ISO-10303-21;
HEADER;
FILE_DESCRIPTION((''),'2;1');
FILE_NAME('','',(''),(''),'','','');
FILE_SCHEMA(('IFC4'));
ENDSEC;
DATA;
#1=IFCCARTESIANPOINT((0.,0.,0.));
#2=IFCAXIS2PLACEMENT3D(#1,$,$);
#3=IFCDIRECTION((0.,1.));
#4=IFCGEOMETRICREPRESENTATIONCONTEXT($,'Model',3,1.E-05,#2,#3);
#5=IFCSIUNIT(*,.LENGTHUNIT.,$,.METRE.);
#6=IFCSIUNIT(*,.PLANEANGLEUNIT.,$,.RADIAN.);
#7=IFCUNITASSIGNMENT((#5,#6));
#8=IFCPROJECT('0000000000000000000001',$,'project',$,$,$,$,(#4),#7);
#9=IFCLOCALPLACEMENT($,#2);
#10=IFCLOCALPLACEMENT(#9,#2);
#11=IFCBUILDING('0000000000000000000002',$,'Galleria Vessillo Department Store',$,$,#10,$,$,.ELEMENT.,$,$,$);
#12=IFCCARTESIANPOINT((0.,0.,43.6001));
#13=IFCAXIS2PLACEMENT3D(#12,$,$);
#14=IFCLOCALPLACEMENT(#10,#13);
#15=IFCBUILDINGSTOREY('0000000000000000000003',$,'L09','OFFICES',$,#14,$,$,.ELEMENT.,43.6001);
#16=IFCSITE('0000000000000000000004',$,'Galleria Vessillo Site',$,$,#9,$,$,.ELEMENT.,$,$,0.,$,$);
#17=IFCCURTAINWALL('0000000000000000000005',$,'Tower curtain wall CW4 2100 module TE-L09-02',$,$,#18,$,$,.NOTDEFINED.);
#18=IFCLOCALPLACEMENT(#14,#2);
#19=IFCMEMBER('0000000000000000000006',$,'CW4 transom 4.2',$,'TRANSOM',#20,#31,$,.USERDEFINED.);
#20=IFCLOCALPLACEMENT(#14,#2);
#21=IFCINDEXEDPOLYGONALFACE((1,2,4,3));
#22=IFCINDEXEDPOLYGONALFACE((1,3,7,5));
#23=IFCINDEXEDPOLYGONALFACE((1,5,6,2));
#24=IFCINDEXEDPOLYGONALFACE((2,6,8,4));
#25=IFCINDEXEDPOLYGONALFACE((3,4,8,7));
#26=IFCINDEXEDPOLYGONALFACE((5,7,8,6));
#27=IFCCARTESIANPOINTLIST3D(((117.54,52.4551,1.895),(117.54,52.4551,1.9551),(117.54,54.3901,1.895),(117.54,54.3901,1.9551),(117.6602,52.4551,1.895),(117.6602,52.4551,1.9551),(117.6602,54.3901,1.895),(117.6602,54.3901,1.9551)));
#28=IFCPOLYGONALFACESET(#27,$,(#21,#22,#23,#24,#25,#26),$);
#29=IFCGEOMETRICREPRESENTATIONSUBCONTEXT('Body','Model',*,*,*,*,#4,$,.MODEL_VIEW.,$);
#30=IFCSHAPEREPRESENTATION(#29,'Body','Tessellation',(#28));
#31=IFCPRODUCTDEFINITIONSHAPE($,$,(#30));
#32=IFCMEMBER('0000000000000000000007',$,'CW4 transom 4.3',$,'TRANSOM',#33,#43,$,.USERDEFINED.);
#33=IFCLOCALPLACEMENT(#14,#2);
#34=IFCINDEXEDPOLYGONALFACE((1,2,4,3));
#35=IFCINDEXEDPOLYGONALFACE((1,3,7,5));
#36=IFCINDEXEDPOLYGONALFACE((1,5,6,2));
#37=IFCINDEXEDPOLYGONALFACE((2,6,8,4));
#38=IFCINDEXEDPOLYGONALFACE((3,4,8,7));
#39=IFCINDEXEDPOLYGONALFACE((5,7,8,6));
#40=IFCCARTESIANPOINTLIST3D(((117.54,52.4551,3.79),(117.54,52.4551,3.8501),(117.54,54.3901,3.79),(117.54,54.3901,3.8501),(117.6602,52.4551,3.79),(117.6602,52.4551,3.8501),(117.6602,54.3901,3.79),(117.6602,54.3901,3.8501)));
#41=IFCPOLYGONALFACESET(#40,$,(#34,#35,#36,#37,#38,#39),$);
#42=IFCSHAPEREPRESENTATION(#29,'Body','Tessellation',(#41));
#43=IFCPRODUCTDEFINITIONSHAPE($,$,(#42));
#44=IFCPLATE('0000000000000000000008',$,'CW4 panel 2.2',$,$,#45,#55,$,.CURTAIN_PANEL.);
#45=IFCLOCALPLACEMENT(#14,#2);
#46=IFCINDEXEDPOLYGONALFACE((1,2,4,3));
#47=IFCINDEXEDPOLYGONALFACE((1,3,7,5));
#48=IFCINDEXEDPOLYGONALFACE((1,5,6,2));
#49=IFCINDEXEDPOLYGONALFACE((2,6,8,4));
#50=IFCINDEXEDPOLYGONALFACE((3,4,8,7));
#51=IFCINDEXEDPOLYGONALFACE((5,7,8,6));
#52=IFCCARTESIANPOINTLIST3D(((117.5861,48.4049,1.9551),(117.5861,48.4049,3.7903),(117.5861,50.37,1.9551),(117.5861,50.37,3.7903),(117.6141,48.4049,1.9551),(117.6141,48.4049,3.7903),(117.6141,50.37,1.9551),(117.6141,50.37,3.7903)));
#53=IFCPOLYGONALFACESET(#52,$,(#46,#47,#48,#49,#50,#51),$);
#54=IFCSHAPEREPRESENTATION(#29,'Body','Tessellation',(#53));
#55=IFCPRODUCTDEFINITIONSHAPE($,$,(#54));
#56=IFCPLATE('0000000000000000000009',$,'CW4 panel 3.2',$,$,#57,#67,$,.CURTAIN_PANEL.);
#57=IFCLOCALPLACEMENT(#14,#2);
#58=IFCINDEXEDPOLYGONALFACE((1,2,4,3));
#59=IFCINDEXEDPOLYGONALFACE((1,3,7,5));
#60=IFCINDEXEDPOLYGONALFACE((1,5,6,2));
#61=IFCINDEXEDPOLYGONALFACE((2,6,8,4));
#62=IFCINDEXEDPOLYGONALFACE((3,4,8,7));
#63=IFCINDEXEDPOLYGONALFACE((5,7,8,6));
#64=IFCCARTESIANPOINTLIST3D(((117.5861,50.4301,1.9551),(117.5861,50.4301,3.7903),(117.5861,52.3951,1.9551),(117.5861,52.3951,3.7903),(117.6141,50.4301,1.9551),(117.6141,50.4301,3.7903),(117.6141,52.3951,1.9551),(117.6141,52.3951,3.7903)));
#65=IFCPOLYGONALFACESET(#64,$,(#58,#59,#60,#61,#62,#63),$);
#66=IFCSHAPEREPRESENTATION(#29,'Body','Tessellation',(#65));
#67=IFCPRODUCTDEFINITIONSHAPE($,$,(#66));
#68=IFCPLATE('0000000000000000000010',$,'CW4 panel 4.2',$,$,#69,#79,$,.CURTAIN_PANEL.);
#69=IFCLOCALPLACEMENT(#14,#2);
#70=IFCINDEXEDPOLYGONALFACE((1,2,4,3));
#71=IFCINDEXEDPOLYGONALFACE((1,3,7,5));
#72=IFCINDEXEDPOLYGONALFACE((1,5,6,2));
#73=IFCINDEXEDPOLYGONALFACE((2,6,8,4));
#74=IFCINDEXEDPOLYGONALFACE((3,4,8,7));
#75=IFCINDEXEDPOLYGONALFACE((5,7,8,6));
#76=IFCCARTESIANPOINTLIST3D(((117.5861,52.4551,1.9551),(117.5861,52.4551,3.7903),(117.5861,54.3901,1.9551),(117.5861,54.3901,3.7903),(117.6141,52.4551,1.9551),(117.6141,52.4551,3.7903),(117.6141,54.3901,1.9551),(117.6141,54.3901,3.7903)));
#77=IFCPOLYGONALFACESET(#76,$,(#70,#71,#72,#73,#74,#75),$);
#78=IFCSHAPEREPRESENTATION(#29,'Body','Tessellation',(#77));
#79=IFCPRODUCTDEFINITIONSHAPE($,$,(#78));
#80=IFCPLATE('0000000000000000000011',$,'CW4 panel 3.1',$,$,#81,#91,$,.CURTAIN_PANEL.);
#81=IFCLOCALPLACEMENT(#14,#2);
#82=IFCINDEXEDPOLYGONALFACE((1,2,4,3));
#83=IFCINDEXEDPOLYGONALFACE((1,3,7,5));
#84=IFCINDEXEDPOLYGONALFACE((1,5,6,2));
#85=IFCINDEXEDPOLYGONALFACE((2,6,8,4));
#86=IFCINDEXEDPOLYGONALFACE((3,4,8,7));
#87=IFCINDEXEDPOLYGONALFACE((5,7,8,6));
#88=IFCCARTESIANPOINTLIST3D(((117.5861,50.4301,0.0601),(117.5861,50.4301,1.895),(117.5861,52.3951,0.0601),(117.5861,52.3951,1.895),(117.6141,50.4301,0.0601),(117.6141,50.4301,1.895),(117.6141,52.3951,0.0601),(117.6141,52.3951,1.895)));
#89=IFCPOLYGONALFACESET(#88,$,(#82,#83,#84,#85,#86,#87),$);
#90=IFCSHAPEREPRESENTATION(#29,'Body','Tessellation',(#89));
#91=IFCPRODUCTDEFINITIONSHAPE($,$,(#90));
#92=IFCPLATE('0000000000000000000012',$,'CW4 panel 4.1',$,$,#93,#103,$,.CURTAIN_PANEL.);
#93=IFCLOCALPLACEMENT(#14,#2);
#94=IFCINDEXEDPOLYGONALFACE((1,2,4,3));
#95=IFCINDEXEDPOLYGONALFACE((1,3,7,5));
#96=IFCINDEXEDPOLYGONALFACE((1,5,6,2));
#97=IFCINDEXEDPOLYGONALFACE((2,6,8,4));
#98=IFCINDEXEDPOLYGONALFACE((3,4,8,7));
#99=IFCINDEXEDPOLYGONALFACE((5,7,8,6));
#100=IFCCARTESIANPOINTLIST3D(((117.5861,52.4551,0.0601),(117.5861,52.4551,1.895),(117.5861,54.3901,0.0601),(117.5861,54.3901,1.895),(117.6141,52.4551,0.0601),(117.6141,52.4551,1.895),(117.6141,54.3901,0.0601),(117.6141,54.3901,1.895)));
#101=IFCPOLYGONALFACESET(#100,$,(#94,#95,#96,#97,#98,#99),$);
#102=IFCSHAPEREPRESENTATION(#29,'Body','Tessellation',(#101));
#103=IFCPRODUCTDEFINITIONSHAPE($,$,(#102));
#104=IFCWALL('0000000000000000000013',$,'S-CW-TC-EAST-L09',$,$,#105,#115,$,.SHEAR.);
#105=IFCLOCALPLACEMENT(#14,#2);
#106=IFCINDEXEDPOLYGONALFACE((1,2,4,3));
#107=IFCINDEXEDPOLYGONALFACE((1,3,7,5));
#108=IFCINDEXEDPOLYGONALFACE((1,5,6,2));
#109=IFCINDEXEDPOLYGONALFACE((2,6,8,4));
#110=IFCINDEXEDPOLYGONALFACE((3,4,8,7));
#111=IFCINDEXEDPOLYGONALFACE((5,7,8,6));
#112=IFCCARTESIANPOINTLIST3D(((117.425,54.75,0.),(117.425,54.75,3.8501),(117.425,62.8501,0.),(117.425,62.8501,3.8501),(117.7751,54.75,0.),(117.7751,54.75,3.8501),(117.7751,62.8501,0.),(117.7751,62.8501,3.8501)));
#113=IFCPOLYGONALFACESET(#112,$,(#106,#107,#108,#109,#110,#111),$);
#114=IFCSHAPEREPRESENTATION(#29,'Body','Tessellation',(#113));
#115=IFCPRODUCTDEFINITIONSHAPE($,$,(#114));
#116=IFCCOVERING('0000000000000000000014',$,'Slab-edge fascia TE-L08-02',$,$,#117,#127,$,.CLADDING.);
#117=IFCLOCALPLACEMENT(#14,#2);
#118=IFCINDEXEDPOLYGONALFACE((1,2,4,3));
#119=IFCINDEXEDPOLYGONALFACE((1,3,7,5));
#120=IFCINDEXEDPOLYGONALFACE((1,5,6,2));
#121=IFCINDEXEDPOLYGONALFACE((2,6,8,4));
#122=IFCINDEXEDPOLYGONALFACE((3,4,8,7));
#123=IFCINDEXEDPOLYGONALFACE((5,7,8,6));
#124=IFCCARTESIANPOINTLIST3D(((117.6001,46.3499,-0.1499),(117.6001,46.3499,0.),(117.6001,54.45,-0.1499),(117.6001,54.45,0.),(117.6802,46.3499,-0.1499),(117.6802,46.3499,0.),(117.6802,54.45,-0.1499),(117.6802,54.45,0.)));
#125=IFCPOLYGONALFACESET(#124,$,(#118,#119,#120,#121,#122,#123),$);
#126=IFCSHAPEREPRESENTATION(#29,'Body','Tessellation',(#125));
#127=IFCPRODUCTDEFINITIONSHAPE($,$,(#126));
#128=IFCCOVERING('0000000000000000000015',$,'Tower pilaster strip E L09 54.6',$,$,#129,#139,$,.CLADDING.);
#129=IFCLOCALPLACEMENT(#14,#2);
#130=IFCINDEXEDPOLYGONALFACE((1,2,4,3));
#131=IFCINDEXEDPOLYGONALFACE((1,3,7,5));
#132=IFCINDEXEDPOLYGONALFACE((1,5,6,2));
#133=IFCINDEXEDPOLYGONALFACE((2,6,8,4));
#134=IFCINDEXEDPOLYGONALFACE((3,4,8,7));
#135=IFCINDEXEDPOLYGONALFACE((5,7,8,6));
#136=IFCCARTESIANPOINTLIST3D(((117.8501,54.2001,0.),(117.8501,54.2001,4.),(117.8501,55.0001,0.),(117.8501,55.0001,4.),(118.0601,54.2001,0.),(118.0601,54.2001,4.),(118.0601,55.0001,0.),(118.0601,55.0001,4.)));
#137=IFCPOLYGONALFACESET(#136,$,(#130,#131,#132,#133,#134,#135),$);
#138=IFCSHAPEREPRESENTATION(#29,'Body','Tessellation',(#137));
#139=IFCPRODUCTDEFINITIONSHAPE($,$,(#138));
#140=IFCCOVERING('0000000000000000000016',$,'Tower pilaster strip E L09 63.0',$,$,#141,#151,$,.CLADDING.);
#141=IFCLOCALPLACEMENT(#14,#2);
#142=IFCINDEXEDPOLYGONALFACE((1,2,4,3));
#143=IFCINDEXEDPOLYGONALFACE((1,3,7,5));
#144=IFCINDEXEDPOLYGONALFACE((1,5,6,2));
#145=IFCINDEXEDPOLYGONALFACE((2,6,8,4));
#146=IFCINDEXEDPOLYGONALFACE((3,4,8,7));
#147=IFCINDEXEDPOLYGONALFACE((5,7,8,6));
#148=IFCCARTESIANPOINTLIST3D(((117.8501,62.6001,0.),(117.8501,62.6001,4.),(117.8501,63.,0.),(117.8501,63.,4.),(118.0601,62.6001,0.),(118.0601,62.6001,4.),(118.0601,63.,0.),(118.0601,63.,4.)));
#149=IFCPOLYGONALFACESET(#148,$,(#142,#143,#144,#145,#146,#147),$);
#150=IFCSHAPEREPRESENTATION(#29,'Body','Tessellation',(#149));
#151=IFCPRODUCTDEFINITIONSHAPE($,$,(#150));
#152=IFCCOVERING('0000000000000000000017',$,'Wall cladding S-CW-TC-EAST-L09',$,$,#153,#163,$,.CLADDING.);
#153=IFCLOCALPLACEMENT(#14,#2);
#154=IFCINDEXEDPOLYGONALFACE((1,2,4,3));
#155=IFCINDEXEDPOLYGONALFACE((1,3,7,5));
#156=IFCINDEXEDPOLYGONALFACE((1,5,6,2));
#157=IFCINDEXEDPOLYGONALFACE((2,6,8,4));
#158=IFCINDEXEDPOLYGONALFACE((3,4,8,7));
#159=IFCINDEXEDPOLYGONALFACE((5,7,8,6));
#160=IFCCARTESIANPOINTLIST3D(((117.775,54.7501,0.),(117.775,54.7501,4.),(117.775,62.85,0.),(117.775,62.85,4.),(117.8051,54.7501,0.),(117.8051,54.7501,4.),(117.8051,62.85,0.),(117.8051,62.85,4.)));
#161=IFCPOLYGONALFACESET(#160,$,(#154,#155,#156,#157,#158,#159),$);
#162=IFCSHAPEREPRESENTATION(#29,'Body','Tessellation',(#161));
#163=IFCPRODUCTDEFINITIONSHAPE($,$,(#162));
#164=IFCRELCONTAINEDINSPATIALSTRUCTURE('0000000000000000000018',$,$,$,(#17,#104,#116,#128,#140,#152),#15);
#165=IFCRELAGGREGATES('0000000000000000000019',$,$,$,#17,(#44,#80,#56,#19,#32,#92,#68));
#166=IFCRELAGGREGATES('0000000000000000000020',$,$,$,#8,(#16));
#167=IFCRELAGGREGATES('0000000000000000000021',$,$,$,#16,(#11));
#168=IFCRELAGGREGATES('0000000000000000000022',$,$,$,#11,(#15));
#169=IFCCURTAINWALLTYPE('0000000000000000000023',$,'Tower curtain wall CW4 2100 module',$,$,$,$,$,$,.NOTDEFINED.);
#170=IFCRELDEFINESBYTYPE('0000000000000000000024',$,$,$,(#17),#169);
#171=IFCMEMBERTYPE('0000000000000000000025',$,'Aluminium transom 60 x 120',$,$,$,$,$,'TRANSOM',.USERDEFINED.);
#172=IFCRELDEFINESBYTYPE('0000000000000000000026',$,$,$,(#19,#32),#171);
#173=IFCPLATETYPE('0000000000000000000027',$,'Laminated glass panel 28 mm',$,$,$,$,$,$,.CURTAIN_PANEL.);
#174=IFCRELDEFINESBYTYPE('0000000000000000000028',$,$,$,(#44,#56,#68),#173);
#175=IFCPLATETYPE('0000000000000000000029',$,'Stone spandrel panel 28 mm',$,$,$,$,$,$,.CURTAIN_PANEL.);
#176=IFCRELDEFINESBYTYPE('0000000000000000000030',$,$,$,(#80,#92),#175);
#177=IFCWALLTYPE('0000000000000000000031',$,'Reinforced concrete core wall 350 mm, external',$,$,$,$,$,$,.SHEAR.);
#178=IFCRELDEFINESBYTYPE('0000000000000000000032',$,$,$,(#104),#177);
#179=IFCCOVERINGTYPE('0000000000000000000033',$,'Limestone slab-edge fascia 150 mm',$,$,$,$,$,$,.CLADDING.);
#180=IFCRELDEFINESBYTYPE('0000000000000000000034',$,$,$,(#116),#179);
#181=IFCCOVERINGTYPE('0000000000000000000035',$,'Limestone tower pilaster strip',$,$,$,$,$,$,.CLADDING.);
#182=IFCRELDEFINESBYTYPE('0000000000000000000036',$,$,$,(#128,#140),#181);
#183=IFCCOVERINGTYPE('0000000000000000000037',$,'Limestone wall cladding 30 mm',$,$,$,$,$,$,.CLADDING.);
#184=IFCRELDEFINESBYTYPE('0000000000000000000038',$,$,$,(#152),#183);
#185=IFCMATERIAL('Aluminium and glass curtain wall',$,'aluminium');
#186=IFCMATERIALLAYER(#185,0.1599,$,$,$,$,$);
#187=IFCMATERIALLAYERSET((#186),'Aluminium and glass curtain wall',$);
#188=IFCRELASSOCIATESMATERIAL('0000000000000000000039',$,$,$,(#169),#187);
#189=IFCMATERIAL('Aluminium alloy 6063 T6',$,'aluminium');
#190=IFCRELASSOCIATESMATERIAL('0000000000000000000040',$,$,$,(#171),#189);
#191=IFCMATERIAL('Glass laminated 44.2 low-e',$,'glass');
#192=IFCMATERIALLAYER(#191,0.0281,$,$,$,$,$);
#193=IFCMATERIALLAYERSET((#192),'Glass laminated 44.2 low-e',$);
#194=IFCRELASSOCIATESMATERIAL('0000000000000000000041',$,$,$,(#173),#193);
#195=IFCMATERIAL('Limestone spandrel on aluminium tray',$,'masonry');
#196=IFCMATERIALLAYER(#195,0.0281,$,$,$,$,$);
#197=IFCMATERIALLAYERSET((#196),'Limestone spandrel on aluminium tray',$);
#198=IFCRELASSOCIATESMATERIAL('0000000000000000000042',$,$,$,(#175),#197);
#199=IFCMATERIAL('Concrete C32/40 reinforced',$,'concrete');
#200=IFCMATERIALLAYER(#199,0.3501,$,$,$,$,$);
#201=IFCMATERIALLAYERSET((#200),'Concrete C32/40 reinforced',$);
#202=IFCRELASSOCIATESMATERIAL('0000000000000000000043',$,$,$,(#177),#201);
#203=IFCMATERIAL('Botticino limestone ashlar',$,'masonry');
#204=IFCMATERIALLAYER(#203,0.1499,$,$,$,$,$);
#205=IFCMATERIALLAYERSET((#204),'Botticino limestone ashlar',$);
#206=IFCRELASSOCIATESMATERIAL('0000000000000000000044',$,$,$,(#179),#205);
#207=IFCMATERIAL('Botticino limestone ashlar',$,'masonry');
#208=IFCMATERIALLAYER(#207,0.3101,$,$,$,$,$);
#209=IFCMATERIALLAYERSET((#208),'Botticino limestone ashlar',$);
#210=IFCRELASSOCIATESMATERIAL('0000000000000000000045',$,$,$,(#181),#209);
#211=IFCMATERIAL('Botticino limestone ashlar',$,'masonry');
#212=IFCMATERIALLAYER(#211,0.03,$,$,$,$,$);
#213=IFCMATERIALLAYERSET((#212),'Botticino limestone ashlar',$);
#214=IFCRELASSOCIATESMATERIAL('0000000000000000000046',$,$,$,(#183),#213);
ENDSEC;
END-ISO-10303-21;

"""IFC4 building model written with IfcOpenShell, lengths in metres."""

from ifc_helpers import new_model, si_unit, direction, frame, frame_2d, origin, origin_2d, place, context, subcontext, project, spatial, rectangle, extrude, material, layer, layer_set, material_profile, profile_set, type_object, element, aggregate, save


model = new_model("IFC4")

# Units and contexts
model_context = context("Model", 3, precision=1e-05, world=origin(), true_north=direction((0.0, 1.0)))
body_context = subcontext(model_context, "Body", "Model", "MODEL_VIEW")
ifc_project = project(units=[si_unit("LENGTHUNIT", "METRE"), si_unit("PLANEANGLEUNIT", "RADIAN")], contexts=[model_context])

# Site, building, storey
site_placement = place(None, origin())
site = spatial("IfcSite", under=ifc_project, at=site_placement, Name="Galleria Vessillo Site", CompositionType="ELEMENT", RefElevation=0.0)
building_placement = place(site_placement, origin())
building = spatial("IfcBuilding", under=site, at=building_placement, Name="Galleria Vessillo Department Store", CompositionType="ELEMENT")
storey_placement = place(building_placement, frame((0.0, 0.0, 43.6001)))
storey = spatial("IfcBuildingStorey", under=building, at=storey_placement, Name="L09", Description="OFFICES", CompositionType="ELEMENT", Elevation=43.6001)

# Curtain wall, members, plates
ifc_material_1 = material(Name="Aluminium and glass curtain wall", Category="aluminium")
ifc_layer_1 = layer(ifc_material_1, 0.1599)
ifc_layer_set_1 = layer_set([ifc_layer_1], Name="Aluminium and glass curtain wall")
curtain_wall_type = type_object("IfcCurtainWallType", Name="Tower curtain wall CW4 2100 module", PredefinedType="NOTDEFINED", material=ifc_layer_set_1)
curtain_wall_placement = place(storey_placement, origin())
curtain_wall = element("IfcCurtainWall", 1, at=curtain_wall_placement, inside=storey, type_object=curtain_wall_type, Name="Tower curtain wall CW4 2100 module TE-L09-02", PredefinedType="NOTDEFINED")
ifc_material_2 = material(Name="Aluminium alloy 6063 T6", Category="aluminium")
ifc_material_profile_1 = material_profile(ifc_material_2, rectangle(XDim=0.1201, YDim=0.0601, at=origin_2d()), Name="AL 60x120")
ifc_profile_set_1 = profile_set([ifc_material_profile_1], Name="Aluminium alloy 6063 T6")
member_type_1 = type_object("IfcMemberType", Name="Aluminium transom 60 x 120", ElementType="TRANSOM", PredefinedType="USERDEFINED", material=ifc_profile_set_1)
member_1_placement = place(storey_placement, frame((117.6001, 52.4551, 1.925), z_axis=(0.0, 1.0, 0.0), x_axis=(-1.0, 0.0, 0.0)))
member_1 = element("IfcMember", 2, at=member_1_placement, type_object=member_type_1, Name="CW4 transom 4.2", ObjectType="TRANSOM", PredefinedType="USERDEFINED", context=body_context, shape_type="SweptSolid", body=[
    extrude(rectangle(XDim=0.1201, YDim=0.0601, at=origin_2d()), origin(), (0.0, 0.0, 1.0), 1.9351),
])
member_2_placement = place(storey_placement, frame((117.6001, 52.4551, 3.8201), z_axis=(0.0, 1.0, 0.0), x_axis=(-1.0, 0.0, 0.0)))
member_2 = element("IfcMember", 3, at=member_2_placement, type_object=member_type_1, Name="CW4 transom 4.3", ObjectType="TRANSOM", PredefinedType="USERDEFINED", context=body_context, shape_type="SweptSolid", body=[
    extrude(rectangle(XDim=0.1201, YDim=0.0601, at=origin_2d()), origin(), (0.0, 0.0, 1.0), 1.9351),
])
ifc_material_3 = material(Name="Glass laminated 44.2 low-e", Category="glass")
ifc_layer_2 = layer(ifc_material_3, 0.0281)
ifc_layer_set_2 = layer_set([ifc_layer_2], Name="Glass laminated 44.2 low-e")
plate_type_1 = type_object("IfcPlateType", Name="Laminated glass panel 28 mm", PredefinedType="CURTAIN_PANEL", material=ifc_layer_set_2)
plate_1_placement = place(storey_placement, frame((117.6001, 49.3875, 1.9551), z_axis=(0.0, 0.0, 1.0), x_axis=(0.0, 1.0, 0.0)))
plate_1 = element("IfcPlate", 4, at=plate_1_placement, type_object=plate_type_1, Name="CW4 panel 2.2", PredefinedType="CURTAIN_PANEL", context=body_context, shape_type="SweptSolid", body=[
    extrude(rectangle(XDim=1.9651, YDim=0.0281, at=origin_2d()), origin(), (0.0, 0.0, 1.0), 1.8352),
])
plate_2_placement = place(storey_placement, frame((117.6001, 51.4126, 1.9551), z_axis=(0.0, 0.0, 1.0), x_axis=(0.0, 1.0, 0.0)))
plate_2 = element("IfcPlate", 5, at=plate_2_placement, type_object=plate_type_1, Name="CW4 panel 3.2", PredefinedType="CURTAIN_PANEL", context=body_context, shape_type="SweptSolid", body=[
    extrude(rectangle(XDim=1.9651, YDim=0.0281, at=origin_2d()), origin(), (0.0, 0.0, 1.0), 1.8352),
])
plate_3_placement = place(storey_placement, frame((117.6001, 53.4226, 1.9551), z_axis=(0.0, 0.0, 1.0), x_axis=(0.0, 1.0, 0.0)))
plate_3 = element("IfcPlate", 6, at=plate_3_placement, type_object=plate_type_1, Name="CW4 panel 4.2", PredefinedType="CURTAIN_PANEL", context=body_context, shape_type="SweptSolid", body=[
    extrude(rectangle(XDim=1.9351, YDim=0.0281, at=origin_2d()), origin(), (0.0, 0.0, 1.0), 1.8352),
])
ifc_material_4 = material(Name="Limestone spandrel on aluminium tray", Category="masonry")
ifc_layer_3 = layer(ifc_material_4, 0.0281)
ifc_layer_set_3 = layer_set([ifc_layer_3], Name="Limestone spandrel on aluminium tray")
plate_type_2 = type_object("IfcPlateType", Name="Stone spandrel panel 28 mm", PredefinedType="CURTAIN_PANEL", material=ifc_layer_set_3)
plate_4_placement = place(storey_placement, frame((117.6001, 51.4126, 0.0601), z_axis=(0.0, 0.0, 1.0), x_axis=(0.0, 1.0, 0.0)))
plate_4 = element("IfcPlate", 7, at=plate_4_placement, type_object=plate_type_2, Name="CW4 panel 3.1", PredefinedType="CURTAIN_PANEL", context=body_context, shape_type="SweptSolid", body=[
    extrude(rectangle(XDim=1.9651, YDim=0.0281, at=origin_2d()), origin(), (0.0, 0.0, 1.0), 1.835),
])
plate_5_placement = place(storey_placement, frame((117.6001, 53.4226, 0.0601), z_axis=(0.0, 0.0, 1.0), x_axis=(0.0, 1.0, 0.0)))
plate_5 = element("IfcPlate", 8, at=plate_5_placement, type_object=plate_type_2, Name="CW4 panel 4.1", PredefinedType="CURTAIN_PANEL", context=body_context, shape_type="SweptSolid", body=[
    extrude(rectangle(XDim=1.9351, YDim=0.0281, at=origin_2d()), origin(), (0.0, 0.0, 1.0), 1.835),
])
aggregate(curtain_wall, [plate_1, plate_4, plate_2, member_1, member_2, plate_5, plate_3])

# Wall
ifc_material_5 = material(Name="Concrete C32/40 reinforced", Category="concrete")
ifc_layer_4 = layer(ifc_material_5, 0.3501)
ifc_layer_set_4 = layer_set([ifc_layer_4], Name="Concrete C32/40 reinforced")
wall_type = type_object("IfcWallType", Name="Reinforced concrete core wall 350 mm, external", PredefinedType="SHEAR", material=ifc_layer_set_4)
wall_placement = place(storey_placement, frame((117.6001, 54.75, 0.0), z_axis=(0.0, 0.0, 1.0), x_axis=(0.0, 1.0, 0.0)))
element("IfcWall", 9, at=wall_placement, inside=storey, type_object=wall_type, Name="S-CW-TC-EAST-L09", PredefinedType="SHEAR", context=body_context, shape_type="SweptSolid", body=[
    extrude(rectangle(XDim=8.1001, YDim=0.3501, at=frame_2d((4.05, 0.0))), origin(), (0.0, 0.0, 1.0), 3.8501),
])

# Coverings
ifc_material_6 = material(Name="Botticino limestone ashlar", Category="masonry")
ifc_layer_5 = layer(ifc_material_6, 0.1499)
ifc_layer_set_5 = layer_set([ifc_layer_5], Name="Botticino limestone ashlar")
covering_type_1 = type_object("IfcCoveringType", Name="Limestone slab-edge fascia 150 mm", PredefinedType="CLADDING", material=ifc_layer_set_5)
covering_1_placement = place(storey_placement, frame((117.6401, 50.3999, -0.1499), z_axis=(0.0, 0.0, 1.0), x_axis=(1.0, 0.0, 0.0)))
element("IfcCovering", 10, at=covering_1_placement, inside=storey, type_object=covering_type_1, Name="Slab-edge fascia TE-L08-02", PredefinedType="CLADDING", context=body_context, shape_type="SweptSolid", body=[
    extrude(rectangle(XDim=0.0801, YDim=8.1001, at=origin_2d()), origin(), (0.0, 0.0, 1.0), 0.1499),
])
ifc_material_7 = material(Name="Botticino limestone ashlar", Category="masonry")
ifc_layer_6 = layer(ifc_material_7, 0.3101)
ifc_layer_set_6 = layer_set([ifc_layer_6], Name="Botticino limestone ashlar")
covering_type_2 = type_object("IfcCoveringType", Name="Limestone tower pilaster strip", PredefinedType="CLADDING", material=ifc_layer_set_6)
covering_2_placement = place(storey_placement, frame((117.9551, 54.6001, 0.0), z_axis=(0.0, 0.0, 1.0), x_axis=(1.0, 0.0, 0.0)))
element("IfcCovering", 11, at=covering_2_placement, inside=storey, type_object=covering_type_2, Name="Tower pilaster strip E L09 54.6", PredefinedType="CLADDING", context=body_context, shape_type="SweptSolid", body=[
    extrude(rectangle(XDim=0.21, YDim=0.8, at=origin_2d()), origin(), (0.0, 0.0, 1.0), 4.0),
])
covering_3_placement = place(storey_placement, frame((117.9551, 62.8, 0.0), z_axis=(0.0, 0.0, 1.0), x_axis=(1.0, 0.0, 0.0)))
element("IfcCovering", 12, at=covering_3_placement, inside=storey, type_object=covering_type_2, Name="Tower pilaster strip E L09 63.0", PredefinedType="CLADDING", context=body_context, shape_type="SweptSolid", body=[
    extrude(rectangle(XDim=0.21, YDim=0.3999, at=origin_2d()), origin(), (0.0, 0.0, 1.0), 4.0),
])
ifc_material_8 = material(Name="Botticino limestone ashlar", Category="masonry")
ifc_layer_7 = layer(ifc_material_8, 0.03)
ifc_layer_set_7 = layer_set([ifc_layer_7], Name="Botticino limestone ashlar")
covering_type_3 = type_object("IfcCoveringType", Name="Limestone wall cladding 30 mm", PredefinedType="CLADDING", material=ifc_layer_set_7)
covering_4_placement = place(storey_placement, frame((117.79, 58.8, 0.0), z_axis=(0.0, 0.0, 1.0), x_axis=(1.0, 0.0, 0.0)))
element("IfcCovering", 13, at=covering_4_placement, inside=storey, type_object=covering_type_3, Name="Wall cladding S-CW-TC-EAST-L09", PredefinedType="CLADDING", context=body_context, shape_type="SweptSolid", body=[
    extrude(rectangle(XDim=0.03, YDim=8.0999, at=origin_2d()), origin(), (0.0, 0.0, 1.0), 4.0),
])

save(model, "model.ifc")
